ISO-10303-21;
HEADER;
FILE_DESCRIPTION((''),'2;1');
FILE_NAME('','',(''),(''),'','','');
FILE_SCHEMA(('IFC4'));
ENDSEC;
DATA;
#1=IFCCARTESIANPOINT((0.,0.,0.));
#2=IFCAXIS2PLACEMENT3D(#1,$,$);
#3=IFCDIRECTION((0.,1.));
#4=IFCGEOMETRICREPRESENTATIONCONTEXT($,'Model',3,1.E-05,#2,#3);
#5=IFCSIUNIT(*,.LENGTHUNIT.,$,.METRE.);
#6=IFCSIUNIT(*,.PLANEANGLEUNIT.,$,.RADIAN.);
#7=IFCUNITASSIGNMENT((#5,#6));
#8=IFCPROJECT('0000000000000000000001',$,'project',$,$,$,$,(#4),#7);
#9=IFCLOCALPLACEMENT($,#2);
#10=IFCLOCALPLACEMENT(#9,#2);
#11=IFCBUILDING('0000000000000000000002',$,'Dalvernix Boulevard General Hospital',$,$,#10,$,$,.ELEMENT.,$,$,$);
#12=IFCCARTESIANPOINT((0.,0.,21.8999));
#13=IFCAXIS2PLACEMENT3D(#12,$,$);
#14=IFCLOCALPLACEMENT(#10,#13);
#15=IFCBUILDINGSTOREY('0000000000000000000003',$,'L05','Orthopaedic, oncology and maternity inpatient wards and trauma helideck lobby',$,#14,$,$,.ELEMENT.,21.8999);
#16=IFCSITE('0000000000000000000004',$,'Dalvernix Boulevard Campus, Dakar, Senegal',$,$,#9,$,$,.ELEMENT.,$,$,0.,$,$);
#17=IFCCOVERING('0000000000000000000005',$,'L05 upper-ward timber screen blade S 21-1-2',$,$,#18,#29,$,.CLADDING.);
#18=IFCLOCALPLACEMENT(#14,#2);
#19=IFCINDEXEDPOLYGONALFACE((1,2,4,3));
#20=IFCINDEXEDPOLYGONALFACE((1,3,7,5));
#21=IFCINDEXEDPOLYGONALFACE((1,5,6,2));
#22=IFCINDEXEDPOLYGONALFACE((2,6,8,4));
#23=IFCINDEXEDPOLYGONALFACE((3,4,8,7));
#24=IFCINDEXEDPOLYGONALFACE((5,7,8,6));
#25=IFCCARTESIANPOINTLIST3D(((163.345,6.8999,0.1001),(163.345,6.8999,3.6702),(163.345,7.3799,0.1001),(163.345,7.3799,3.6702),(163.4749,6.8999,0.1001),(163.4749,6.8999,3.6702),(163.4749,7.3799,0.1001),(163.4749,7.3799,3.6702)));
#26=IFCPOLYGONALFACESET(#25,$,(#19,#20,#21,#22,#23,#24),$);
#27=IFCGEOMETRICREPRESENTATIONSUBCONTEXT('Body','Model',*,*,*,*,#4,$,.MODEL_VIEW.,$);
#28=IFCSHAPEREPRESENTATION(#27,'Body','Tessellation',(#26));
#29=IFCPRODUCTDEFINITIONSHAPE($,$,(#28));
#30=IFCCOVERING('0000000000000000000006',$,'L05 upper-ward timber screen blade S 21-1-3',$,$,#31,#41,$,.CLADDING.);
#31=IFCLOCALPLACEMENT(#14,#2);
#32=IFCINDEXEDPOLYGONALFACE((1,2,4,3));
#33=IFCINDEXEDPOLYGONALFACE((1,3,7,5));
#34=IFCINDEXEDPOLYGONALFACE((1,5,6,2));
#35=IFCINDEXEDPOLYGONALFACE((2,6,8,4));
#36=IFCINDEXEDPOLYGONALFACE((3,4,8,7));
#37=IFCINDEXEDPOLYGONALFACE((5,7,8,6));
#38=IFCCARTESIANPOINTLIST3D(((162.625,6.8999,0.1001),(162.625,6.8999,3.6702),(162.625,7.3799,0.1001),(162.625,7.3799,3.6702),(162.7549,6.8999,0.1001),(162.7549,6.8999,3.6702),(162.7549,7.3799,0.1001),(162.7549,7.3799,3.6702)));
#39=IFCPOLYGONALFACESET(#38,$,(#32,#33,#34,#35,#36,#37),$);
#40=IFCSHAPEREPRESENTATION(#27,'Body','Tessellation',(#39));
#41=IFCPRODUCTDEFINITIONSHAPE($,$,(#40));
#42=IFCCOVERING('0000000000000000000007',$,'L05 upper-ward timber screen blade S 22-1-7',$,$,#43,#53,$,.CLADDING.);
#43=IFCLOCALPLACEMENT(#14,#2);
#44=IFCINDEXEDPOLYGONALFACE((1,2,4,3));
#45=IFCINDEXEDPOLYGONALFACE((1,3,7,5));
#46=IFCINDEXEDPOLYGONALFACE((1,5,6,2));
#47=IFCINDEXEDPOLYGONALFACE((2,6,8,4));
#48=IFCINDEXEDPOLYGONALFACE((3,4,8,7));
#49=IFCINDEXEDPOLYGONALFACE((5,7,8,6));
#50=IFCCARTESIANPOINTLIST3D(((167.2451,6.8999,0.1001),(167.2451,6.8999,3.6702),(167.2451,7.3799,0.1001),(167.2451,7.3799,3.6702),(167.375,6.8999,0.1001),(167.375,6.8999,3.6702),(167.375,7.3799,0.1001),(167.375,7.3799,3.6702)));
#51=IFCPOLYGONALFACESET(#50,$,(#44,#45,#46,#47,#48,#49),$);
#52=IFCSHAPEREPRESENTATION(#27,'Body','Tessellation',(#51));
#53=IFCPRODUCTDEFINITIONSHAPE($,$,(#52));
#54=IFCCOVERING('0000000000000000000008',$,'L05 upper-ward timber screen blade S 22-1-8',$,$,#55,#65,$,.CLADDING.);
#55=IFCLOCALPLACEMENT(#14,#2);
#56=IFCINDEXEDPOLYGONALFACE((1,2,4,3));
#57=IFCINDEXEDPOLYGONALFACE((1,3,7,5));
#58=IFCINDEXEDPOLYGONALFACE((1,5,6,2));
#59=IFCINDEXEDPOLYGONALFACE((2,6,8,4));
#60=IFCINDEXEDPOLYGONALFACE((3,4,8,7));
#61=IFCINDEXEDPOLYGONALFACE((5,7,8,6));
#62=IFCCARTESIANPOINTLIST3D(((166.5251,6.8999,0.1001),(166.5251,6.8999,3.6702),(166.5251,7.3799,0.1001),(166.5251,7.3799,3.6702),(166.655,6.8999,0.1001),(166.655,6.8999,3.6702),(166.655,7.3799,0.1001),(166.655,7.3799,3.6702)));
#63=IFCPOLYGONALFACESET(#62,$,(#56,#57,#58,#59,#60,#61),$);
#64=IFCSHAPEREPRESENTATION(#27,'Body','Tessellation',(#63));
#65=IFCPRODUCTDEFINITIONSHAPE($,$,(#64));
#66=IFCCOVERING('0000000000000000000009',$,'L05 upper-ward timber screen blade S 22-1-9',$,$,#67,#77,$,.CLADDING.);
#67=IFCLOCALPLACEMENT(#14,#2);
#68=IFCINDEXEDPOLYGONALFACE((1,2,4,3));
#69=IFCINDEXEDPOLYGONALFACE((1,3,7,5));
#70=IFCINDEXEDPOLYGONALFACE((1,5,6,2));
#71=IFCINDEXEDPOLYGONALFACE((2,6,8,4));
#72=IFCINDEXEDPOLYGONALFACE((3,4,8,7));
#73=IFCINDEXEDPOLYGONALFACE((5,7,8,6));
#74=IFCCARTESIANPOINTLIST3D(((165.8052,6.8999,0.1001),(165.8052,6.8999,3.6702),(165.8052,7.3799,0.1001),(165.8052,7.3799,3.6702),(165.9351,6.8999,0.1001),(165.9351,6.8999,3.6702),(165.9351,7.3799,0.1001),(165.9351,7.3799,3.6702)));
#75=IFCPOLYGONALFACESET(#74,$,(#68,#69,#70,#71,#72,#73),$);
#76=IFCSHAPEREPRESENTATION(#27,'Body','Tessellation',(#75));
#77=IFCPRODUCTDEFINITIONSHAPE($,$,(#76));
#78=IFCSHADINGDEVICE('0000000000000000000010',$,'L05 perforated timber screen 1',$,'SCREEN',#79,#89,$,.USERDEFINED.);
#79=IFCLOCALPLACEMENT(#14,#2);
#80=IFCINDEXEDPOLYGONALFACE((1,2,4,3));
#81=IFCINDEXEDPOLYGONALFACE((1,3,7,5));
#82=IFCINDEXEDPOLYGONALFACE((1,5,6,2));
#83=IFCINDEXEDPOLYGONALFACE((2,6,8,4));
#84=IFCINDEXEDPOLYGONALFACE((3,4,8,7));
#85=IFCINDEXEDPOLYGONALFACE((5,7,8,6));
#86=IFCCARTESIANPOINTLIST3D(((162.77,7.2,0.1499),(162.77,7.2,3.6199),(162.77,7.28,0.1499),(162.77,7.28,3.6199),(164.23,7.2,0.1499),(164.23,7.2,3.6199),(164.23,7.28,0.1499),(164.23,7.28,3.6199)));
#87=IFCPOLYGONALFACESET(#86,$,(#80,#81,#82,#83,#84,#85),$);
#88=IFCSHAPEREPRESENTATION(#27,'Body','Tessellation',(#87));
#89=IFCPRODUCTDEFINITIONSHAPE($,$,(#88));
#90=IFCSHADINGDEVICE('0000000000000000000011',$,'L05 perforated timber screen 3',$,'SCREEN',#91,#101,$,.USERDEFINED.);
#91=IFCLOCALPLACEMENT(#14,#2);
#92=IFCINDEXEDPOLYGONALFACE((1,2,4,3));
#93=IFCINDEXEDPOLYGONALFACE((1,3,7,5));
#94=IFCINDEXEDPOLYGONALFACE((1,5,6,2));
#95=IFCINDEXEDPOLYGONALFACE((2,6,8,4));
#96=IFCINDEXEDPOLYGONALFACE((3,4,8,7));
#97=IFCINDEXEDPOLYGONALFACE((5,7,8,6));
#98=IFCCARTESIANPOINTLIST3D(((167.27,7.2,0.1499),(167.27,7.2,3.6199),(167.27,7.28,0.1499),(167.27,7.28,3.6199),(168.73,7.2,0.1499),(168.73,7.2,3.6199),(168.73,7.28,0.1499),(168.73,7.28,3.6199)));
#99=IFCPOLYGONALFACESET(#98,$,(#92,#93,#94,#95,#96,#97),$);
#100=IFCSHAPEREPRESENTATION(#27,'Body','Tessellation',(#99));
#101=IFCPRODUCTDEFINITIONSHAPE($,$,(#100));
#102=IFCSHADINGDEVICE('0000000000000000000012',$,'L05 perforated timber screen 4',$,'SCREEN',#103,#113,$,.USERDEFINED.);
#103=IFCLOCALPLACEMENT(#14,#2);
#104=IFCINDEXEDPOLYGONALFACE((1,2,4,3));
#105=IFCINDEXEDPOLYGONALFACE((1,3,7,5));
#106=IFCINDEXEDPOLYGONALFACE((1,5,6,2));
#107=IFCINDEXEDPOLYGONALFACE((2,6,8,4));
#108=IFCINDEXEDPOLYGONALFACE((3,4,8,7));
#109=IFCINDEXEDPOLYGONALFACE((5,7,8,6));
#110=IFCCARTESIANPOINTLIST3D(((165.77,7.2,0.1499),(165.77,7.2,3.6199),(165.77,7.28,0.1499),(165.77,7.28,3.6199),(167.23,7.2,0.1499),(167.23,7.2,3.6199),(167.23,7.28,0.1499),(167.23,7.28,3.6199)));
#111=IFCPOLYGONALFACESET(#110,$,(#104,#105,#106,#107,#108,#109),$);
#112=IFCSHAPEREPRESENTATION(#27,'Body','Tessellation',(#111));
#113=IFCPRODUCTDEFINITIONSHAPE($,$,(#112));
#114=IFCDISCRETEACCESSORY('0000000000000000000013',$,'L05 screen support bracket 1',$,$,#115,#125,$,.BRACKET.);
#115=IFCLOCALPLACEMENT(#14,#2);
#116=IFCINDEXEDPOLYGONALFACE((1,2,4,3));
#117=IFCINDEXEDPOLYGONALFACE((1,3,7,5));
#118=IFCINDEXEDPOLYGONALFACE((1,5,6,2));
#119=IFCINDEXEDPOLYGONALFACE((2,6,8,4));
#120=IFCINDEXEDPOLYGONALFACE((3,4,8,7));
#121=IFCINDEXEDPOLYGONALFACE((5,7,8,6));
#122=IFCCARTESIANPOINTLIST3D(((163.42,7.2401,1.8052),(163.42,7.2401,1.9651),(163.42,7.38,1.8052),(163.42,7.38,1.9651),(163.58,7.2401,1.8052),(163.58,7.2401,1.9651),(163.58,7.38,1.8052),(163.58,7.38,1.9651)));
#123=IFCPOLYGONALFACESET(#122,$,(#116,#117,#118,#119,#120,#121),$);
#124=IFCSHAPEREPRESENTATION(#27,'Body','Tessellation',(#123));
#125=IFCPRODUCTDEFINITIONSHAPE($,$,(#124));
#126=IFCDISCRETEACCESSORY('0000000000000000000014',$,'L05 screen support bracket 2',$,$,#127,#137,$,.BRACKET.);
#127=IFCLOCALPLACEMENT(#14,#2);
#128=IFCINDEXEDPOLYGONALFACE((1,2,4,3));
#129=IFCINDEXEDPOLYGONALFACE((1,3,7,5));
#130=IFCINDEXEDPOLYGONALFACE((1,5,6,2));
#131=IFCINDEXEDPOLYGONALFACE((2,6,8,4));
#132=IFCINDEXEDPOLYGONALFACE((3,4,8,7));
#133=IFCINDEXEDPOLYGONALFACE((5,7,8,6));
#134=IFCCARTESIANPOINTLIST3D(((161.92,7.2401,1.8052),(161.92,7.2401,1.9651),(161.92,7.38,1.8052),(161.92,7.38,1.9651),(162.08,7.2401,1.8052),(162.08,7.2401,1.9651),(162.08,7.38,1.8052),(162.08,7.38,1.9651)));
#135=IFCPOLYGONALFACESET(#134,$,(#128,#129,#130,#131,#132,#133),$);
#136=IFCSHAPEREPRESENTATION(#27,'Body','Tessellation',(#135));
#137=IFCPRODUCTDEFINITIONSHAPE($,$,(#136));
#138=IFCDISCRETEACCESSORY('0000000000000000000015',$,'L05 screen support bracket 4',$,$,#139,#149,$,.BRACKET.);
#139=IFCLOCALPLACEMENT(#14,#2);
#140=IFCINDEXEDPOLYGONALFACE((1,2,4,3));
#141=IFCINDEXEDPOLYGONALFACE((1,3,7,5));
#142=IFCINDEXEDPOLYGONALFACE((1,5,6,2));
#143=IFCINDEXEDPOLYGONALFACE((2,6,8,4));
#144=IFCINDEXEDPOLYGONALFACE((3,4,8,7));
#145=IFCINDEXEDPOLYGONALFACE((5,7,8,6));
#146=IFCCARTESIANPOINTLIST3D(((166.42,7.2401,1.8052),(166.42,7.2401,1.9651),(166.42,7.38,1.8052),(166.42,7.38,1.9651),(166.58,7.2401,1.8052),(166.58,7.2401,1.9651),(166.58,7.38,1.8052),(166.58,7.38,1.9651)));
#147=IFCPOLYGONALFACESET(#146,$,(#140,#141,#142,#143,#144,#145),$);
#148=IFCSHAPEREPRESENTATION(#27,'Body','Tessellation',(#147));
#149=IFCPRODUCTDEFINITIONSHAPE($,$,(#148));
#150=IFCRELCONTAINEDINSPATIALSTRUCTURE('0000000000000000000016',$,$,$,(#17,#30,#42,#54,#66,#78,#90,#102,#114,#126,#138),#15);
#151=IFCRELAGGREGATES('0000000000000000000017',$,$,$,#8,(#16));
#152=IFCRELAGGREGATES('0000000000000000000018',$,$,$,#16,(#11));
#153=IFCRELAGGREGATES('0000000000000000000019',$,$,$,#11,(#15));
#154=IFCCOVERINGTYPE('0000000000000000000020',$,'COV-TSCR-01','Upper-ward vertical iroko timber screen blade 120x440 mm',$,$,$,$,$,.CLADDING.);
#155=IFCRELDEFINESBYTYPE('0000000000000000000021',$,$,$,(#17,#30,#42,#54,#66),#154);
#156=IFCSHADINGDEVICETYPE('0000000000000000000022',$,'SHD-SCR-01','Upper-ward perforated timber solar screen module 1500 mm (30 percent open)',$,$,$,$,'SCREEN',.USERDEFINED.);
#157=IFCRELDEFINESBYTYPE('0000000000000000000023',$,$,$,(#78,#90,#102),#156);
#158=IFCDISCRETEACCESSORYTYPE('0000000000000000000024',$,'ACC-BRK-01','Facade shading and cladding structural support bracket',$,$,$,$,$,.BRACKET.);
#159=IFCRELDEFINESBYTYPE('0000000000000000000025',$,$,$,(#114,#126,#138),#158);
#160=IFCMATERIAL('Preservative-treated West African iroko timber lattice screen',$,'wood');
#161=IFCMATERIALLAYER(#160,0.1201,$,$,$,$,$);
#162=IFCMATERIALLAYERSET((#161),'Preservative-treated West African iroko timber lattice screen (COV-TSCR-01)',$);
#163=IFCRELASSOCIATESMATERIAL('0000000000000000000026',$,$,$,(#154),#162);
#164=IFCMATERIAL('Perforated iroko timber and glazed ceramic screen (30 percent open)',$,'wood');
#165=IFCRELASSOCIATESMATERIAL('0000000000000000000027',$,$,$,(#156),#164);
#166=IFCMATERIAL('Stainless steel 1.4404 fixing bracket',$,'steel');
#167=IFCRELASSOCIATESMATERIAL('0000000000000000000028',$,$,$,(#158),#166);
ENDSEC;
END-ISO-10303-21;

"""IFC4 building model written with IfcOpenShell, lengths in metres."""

from ifc_helpers import new_model, si_unit, direction, frame, origin, origin_2d, place, context, subcontext, project, spatial, rectangle, extrude, material, layer, layer_set, type_object, element, save


model = new_model("IFC4")

# Units and contexts
model_context = context("Model", 3, precision=1e-05, world=origin(), true_north=direction((0.0, 1.0)))
body_context = subcontext(model_context, "Body", "Model", "MODEL_VIEW")
ifc_project = project(units=[si_unit("LENGTHUNIT", "METRE"), si_unit("PLANEANGLEUNIT", "RADIAN")], contexts=[model_context])

# Site, building, storey
site_placement = place(None, origin())
site = spatial("IfcSite", under=ifc_project, at=site_placement, Name="Dalvernix Boulevard Campus, Dakar, Senegal", CompositionType="ELEMENT", RefElevation=0.0)
building_placement = place(site_placement, origin())
building = spatial("IfcBuilding", under=site, at=building_placement, Name="Dalvernix Boulevard General Hospital", CompositionType="ELEMENT")
storey_placement = place(building_placement, frame((0.0, 0.0, 21.8999)))
storey = spatial("IfcBuildingStorey", under=building, at=storey_placement, Name="L05", Description="Orthopaedic, oncology and maternity inpatient wards and trauma helideck lobby", CompositionType="ELEMENT", Elevation=21.8999)

# Coverings
ifc_material_1 = material(Name="Preservative-treated West African iroko timber lattice screen", Category="wood")
ifc_layer_1 = layer(ifc_material_1, 0.1201)
ifc_layer_set_1 = layer_set([ifc_layer_1], Name="Preservative-treated West African iroko timber lattice screen (COV-TSCR-01)")
covering_type_1 = type_object("IfcCoveringType", Name="COV-TSCR-01", Description="Upper-ward vertical iroko timber screen blade 120x440 mm", PredefinedType="CLADDING", material=ifc_layer_set_1)
for number, where, z_axis, x_axis, name in (
    (1, (163.4099, 7.1399, 0.1001), (0.0, 0.0, 1.0), (-1.0, 0.0, 0.0), "L05 upper-ward timber screen blade S 21-1-2"),
    (2, (162.6899, 7.1399, 0.1001), (0.0, 0.0, 1.0), (-1.0, 0.0, 0.0), "L05 upper-ward timber screen blade S 21-1-3"),
    (3, (167.3101, 7.1399, 0.1001), (0.0, 0.0, 1.0), (-1.0, 0.0, 0.0), "L05 upper-ward timber screen blade S 22-1-7"),
    (4, (166.5901, 7.1399, 0.1001), (0.0, 0.0, 1.0), (-1.0, 0.0, 0.0), "L05 upper-ward timber screen blade S 22-1-8"),
    (5, (165.8701, 7.1399, 0.1001), (0.0, 0.0, 1.0), (-1.0, 0.0, 0.0), "L05 upper-ward timber screen blade S 22-1-9"),
):
    element("IfcCovering", number, at=place(storey_placement, frame(where, z_axis=z_axis, x_axis=x_axis)), inside=storey, type_object=covering_type_1, Name=name, PredefinedType="CLADDING", context=body_context, shape_type="SweptSolid", body=[
        extrude(rectangle(XDim=0.1299, YDim=0.48, at=origin_2d()), origin(), (0.0, 0.0, 1.0), 3.5701),
    ])

# Shading devices
ifc_material_2 = material(Name="Perforated iroko timber and glazed ceramic screen (30 percent open)", Category="wood")
shading_device_type = type_object("IfcShadingDeviceType", Name="SHD-SCR-01", Description="Upper-ward perforated timber solar screen module 1500 mm (30 percent open)", ElementType="SCREEN", PredefinedType="USERDEFINED", material=ifc_material_2)
for number, where, z_axis, x_axis, name in (
    (6, (163.5, 7.24, 0.1499), (0.0, 0.0, 1.0), (-1.0, 0.0, 0.0), "L05 perforated timber screen 1"),
    (7, (168.0, 7.24, 0.1499), (0.0, 0.0, 1.0), (-1.0, 0.0, 0.0), "L05 perforated timber screen 3"),
    (8, (166.5, 7.24, 0.1499), (0.0, 0.0, 1.0), (-1.0, 0.0, 0.0), "L05 perforated timber screen 4"),
):
    element("IfcShadingDevice", number, at=place(storey_placement, frame(where, z_axis=z_axis, x_axis=x_axis)), inside=storey, type_object=shading_device_type, Name=name, ObjectType="SCREEN", PredefinedType="USERDEFINED", context=body_context, shape_type="SweptSolid", body=[
        extrude(rectangle(XDim=1.46, YDim=0.0801, at=origin_2d()), origin(), (0.0, 0.0, 1.0), 3.47),
    ])

# Discrete accessories
ifc_material_3 = material(Name="Stainless steel 1.4404 fixing bracket", Category="steel")
discrete_accessory_type = type_object("IfcDiscreteAccessoryType", Name="ACC-BRK-01", Description="Facade shading and cladding structural support bracket", PredefinedType="BRACKET", material=ifc_material_3)
for number, where, z_axis, x_axis, name in (
    (9, (163.5, 7.3101, 1.8052), (0.0, 0.0, 1.0), (-1.0, 0.0, 0.0), "L05 screen support bracket 1"),
    (10, (162.0, 7.3101, 1.8052), (0.0, 0.0, 1.0), (-1.0, 0.0, 0.0), "L05 screen support bracket 2"),
    (11, (166.5, 7.3101, 1.8052), (0.0, 0.0, 1.0), (-1.0, 0.0, 0.0), "L05 screen support bracket 4"),
):
    element("IfcDiscreteAccessory", number, at=place(storey_placement, frame(where, z_axis=z_axis, x_axis=x_axis)), inside=storey, type_object=discrete_accessory_type, Name=name, PredefinedType="BRACKET", context=body_context, shape_type="SweptSolid", body=[
        extrude(rectangle(XDim=0.1599, YDim=0.1399, at=origin_2d()), origin(), (0.0, 0.0, 1.0), 0.1599),
    ])

save(model, "model.ifc")
